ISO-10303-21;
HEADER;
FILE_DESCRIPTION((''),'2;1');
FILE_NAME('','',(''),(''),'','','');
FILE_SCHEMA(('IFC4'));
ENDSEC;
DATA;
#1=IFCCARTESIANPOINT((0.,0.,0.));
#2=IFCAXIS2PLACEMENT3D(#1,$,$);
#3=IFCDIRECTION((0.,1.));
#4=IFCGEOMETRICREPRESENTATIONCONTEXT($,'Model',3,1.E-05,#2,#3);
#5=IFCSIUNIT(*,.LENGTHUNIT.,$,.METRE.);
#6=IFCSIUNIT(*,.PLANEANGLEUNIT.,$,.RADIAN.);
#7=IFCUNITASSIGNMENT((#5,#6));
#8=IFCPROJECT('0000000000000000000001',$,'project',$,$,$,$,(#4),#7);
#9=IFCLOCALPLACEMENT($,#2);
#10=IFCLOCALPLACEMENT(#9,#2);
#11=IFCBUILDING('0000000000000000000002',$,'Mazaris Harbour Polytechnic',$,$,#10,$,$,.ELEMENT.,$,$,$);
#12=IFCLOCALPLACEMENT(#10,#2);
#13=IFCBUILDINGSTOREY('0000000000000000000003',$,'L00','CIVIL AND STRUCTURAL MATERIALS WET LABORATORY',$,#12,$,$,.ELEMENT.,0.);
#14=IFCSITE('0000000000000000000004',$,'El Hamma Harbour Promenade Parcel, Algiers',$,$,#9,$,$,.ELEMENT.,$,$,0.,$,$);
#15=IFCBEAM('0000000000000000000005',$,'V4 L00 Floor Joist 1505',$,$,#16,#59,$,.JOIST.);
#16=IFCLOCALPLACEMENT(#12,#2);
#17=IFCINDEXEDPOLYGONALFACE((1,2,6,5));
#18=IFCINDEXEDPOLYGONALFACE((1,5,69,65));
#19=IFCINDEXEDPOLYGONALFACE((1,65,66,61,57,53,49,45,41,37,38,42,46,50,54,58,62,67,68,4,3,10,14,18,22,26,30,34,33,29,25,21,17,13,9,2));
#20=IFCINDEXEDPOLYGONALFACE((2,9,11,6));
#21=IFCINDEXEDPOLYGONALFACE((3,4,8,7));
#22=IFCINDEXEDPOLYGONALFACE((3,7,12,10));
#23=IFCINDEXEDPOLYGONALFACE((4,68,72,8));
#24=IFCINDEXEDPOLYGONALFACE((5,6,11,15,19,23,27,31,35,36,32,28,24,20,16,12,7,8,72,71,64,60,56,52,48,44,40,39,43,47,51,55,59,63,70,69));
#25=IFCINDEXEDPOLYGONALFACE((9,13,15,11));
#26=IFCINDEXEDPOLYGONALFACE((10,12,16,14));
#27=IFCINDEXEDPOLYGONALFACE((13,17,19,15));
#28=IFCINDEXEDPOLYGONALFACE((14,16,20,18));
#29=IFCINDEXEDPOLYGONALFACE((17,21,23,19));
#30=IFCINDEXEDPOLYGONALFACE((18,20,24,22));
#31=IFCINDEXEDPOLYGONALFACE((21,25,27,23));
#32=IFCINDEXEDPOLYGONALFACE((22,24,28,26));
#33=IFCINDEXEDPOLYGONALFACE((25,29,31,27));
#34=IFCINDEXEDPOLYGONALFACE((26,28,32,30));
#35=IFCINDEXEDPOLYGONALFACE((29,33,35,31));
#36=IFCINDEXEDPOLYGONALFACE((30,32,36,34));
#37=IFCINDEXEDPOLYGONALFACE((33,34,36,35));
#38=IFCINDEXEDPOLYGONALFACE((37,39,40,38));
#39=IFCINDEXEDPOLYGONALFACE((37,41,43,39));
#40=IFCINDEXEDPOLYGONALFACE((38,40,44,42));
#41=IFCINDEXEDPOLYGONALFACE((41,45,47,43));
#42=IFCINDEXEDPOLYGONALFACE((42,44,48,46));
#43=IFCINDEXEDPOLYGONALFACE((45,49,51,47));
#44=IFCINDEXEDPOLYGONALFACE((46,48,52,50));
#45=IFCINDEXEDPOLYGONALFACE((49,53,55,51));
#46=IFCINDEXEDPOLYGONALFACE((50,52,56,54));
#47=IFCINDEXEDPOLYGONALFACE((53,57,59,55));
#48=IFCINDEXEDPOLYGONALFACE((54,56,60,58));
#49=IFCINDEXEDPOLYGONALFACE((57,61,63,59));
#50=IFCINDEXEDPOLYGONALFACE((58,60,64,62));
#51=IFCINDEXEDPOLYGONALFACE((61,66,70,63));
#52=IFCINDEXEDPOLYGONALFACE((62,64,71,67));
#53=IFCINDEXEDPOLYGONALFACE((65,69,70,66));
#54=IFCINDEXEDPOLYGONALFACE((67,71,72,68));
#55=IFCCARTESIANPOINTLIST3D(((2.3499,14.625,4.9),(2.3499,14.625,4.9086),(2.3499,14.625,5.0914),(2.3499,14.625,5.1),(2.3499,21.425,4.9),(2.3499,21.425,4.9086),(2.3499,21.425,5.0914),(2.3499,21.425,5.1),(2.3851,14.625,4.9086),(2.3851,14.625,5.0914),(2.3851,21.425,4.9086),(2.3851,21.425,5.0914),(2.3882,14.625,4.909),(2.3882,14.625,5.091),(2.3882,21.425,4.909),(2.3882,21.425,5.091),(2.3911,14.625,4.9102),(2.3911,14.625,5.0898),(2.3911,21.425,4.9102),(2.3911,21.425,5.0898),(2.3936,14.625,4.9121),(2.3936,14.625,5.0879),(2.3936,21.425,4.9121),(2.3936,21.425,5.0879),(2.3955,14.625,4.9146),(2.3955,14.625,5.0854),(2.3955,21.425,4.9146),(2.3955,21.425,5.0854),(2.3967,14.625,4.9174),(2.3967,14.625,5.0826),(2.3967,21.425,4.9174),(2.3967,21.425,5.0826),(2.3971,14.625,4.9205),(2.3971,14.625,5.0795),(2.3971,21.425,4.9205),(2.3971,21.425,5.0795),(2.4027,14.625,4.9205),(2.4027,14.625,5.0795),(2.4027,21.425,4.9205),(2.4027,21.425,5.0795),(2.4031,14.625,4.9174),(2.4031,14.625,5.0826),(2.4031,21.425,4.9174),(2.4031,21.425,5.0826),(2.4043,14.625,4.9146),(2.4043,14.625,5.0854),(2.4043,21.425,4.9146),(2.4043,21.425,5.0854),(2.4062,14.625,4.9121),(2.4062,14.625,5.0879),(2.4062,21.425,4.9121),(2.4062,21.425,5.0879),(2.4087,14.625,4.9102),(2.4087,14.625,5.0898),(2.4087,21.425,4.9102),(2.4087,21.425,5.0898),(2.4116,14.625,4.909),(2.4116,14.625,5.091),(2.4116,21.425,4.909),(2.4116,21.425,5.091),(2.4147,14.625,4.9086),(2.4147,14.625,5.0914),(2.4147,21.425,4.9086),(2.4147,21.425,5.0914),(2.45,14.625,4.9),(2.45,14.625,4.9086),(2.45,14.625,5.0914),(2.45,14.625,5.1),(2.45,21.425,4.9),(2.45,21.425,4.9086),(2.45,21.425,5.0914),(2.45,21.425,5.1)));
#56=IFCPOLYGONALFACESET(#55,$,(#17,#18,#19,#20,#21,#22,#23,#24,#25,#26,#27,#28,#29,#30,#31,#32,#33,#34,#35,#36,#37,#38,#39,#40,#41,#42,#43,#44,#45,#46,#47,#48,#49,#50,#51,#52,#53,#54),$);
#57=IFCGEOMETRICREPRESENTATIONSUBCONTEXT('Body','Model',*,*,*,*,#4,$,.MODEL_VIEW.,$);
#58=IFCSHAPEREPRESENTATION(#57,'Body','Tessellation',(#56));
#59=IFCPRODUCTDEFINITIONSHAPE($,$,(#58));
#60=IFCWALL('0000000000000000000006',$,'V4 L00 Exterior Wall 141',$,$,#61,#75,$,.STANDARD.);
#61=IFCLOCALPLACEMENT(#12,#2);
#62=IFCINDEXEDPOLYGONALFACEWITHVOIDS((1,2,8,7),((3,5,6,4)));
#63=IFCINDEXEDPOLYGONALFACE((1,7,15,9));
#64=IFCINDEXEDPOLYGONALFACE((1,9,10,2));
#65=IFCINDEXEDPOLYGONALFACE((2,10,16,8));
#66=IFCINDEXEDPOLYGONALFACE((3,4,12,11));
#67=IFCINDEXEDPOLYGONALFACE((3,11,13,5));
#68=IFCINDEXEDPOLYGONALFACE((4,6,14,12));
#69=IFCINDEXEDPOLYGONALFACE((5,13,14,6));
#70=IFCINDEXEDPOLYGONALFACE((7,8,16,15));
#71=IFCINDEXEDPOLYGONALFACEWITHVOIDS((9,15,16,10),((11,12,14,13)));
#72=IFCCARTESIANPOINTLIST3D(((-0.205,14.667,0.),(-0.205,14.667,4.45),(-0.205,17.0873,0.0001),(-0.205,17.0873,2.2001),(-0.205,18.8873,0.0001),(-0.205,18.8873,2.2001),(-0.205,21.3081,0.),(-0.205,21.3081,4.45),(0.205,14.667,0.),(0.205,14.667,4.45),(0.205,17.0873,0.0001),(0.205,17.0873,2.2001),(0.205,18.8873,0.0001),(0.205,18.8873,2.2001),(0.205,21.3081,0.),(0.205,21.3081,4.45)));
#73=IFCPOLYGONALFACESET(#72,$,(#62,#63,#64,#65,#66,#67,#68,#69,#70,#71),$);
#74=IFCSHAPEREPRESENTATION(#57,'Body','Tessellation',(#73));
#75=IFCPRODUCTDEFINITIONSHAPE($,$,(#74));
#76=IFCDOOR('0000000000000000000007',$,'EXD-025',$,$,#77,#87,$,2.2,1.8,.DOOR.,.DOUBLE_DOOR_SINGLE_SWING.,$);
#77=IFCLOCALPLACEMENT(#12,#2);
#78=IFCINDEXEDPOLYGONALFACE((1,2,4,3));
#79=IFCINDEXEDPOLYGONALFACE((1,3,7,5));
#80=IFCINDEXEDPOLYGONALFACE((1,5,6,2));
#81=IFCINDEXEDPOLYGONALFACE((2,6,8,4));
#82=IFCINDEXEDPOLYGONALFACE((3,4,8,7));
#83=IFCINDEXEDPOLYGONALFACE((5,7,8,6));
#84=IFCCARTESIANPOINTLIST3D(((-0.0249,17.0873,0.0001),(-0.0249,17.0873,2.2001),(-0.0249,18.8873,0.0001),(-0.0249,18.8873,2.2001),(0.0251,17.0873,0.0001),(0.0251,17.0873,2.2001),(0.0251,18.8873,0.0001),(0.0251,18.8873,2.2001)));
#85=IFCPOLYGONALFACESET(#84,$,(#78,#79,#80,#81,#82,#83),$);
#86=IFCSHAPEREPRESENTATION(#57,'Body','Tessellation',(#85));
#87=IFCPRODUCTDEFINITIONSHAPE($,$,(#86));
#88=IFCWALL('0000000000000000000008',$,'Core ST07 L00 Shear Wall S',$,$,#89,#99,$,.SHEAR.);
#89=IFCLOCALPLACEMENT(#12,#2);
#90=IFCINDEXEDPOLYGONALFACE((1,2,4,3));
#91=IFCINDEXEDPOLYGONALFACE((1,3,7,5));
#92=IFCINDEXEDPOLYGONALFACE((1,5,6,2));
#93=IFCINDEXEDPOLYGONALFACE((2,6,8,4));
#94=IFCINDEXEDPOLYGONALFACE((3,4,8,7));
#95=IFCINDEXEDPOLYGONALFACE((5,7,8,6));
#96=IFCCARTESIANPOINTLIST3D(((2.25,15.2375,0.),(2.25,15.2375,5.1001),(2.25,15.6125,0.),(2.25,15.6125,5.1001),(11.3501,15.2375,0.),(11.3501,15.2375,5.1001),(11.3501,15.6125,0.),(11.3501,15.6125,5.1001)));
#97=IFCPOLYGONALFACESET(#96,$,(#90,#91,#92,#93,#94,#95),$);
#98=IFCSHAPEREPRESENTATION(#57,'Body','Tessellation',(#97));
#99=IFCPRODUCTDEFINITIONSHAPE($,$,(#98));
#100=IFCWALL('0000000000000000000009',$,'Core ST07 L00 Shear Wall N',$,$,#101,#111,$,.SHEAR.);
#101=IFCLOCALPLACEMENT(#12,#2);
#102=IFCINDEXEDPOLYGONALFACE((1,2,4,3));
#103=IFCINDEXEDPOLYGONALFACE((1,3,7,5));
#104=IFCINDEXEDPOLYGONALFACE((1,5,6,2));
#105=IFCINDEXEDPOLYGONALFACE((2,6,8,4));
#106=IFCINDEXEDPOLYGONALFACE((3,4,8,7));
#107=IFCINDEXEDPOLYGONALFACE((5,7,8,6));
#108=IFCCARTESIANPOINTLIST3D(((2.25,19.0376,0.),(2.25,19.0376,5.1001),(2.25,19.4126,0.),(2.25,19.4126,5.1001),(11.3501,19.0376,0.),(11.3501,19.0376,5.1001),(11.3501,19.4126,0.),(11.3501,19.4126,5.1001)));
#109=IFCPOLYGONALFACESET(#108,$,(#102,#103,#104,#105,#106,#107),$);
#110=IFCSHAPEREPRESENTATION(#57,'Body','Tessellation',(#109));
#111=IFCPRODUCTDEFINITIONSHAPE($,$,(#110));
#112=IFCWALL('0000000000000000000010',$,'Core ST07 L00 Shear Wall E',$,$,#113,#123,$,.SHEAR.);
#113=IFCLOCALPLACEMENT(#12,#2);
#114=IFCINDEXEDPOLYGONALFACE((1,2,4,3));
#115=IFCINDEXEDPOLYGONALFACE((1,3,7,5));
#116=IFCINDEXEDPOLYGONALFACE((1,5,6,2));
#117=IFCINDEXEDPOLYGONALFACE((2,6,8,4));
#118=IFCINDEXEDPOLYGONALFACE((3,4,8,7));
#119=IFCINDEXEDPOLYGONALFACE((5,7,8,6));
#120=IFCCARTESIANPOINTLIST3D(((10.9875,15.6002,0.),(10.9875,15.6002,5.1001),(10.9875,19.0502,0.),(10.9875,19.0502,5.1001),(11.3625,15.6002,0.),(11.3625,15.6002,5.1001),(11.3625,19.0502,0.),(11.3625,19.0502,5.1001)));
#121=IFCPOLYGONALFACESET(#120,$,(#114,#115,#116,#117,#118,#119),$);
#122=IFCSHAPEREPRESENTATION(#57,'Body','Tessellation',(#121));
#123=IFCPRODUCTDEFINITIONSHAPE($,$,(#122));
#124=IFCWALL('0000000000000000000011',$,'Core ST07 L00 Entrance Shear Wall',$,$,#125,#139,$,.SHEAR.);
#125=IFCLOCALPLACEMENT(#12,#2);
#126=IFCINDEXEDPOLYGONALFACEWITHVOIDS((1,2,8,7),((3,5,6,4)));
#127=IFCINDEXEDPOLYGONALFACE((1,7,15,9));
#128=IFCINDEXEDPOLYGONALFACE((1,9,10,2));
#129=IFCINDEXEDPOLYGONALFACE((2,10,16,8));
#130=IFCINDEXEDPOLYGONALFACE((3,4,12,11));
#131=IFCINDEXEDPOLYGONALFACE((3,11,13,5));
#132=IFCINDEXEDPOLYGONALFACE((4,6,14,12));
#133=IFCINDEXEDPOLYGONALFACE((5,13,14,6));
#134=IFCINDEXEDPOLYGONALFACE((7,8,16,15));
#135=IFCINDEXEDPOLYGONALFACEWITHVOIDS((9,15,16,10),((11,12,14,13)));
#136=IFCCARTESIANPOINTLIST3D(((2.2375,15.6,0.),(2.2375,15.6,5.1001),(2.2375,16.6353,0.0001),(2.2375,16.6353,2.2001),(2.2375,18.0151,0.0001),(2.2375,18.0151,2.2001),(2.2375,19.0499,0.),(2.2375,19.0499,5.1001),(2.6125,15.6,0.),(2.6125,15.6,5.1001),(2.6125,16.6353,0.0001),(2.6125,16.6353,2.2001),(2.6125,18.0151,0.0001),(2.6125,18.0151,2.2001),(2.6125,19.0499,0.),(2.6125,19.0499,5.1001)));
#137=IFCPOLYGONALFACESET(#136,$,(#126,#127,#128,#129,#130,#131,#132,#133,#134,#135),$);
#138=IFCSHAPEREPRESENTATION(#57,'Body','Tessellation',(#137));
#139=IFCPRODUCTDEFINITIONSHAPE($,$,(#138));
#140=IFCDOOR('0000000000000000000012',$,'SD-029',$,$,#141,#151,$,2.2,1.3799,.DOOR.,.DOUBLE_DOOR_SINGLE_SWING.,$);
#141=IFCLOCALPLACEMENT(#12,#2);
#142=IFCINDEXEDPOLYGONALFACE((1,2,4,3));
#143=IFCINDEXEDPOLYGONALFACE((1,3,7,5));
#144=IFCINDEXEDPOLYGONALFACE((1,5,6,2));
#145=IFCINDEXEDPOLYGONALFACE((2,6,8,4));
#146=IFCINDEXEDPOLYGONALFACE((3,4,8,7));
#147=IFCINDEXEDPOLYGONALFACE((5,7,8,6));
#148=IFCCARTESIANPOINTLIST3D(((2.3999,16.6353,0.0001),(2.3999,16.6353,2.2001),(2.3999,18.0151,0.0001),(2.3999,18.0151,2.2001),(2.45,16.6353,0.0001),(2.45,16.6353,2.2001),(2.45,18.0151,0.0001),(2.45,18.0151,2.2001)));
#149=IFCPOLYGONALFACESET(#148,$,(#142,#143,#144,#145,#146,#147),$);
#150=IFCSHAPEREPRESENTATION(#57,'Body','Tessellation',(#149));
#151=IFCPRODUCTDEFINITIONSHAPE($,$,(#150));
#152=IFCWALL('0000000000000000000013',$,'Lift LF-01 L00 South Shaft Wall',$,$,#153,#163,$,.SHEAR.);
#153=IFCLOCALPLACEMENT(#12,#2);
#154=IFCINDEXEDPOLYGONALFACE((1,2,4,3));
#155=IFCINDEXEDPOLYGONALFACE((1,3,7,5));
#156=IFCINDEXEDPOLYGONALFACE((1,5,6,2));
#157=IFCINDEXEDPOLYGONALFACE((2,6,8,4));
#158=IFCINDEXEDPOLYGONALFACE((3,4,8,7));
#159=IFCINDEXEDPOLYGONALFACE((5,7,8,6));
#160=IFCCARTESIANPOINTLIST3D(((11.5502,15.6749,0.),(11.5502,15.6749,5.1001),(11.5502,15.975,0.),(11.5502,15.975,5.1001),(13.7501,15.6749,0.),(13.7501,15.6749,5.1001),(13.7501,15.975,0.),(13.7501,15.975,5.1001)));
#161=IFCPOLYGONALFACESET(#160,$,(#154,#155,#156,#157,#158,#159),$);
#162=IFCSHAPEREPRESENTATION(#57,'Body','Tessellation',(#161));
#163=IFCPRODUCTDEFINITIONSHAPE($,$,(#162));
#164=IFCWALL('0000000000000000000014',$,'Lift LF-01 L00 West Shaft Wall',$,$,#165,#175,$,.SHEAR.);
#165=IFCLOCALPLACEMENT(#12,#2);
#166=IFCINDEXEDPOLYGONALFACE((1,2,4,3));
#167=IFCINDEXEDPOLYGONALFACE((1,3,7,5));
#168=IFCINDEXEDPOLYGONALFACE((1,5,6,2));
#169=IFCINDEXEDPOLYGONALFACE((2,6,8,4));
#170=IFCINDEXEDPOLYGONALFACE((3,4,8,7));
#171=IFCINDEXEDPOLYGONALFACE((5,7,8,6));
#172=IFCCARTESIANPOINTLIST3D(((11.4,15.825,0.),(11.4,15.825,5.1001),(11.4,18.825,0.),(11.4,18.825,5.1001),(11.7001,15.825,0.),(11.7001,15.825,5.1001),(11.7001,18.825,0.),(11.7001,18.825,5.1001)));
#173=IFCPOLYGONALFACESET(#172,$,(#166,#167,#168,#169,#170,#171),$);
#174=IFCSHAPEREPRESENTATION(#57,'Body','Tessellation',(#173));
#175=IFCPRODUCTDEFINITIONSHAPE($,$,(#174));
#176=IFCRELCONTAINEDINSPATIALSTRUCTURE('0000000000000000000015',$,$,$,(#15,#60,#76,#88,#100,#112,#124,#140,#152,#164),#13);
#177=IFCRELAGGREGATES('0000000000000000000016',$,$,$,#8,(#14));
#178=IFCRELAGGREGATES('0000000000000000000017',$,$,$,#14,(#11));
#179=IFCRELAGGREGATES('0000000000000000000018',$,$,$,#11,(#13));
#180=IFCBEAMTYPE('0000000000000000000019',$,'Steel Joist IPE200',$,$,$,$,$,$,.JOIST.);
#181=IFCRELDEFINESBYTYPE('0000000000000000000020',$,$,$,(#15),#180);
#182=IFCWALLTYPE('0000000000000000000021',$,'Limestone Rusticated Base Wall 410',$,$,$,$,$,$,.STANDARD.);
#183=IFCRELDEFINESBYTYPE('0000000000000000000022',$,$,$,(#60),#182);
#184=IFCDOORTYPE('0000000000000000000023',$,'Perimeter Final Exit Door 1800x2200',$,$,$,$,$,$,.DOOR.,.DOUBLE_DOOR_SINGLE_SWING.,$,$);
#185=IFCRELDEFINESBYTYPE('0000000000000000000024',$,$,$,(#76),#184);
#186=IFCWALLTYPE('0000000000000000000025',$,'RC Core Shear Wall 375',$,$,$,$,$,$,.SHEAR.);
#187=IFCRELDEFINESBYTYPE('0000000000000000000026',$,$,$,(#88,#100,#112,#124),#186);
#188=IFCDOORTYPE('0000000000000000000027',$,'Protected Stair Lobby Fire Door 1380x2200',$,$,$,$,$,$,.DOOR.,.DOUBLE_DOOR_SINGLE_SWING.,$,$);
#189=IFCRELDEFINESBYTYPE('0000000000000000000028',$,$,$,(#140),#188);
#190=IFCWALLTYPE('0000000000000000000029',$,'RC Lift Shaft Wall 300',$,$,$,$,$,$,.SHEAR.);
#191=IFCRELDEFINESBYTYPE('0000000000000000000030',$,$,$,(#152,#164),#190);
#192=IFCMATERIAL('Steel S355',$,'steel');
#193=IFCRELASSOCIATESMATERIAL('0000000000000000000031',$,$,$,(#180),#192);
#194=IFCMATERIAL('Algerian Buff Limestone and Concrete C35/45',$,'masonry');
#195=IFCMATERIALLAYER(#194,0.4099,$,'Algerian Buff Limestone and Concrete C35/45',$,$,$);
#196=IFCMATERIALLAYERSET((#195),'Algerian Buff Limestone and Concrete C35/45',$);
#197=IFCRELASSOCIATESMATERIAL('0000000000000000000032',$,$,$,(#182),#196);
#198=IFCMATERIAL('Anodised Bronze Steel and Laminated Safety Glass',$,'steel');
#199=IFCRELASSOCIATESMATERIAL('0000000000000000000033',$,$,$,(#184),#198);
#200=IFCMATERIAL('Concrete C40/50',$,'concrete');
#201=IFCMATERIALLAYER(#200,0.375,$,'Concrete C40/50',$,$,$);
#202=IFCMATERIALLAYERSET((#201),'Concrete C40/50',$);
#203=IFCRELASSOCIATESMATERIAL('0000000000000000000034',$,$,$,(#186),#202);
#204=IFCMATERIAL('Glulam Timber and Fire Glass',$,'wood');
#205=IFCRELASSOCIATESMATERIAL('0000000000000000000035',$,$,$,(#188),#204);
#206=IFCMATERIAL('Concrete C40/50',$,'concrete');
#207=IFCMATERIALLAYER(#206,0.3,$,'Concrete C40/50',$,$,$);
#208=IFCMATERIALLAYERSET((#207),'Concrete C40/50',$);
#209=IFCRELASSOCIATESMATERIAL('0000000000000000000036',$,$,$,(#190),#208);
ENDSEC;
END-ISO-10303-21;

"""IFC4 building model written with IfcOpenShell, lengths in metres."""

from ifc_helpers import new_model, si_unit, direction, frame, frame_2d, origin, origin_2d, place, context, subcontext, project, spatial, rectangle, i_section, extrude, material, layer, layer_set, material_profile, profile_set, type_object, element, fill, save


model = new_model("IFC4")

# Units and contexts
model_context = context("Model", 3, precision=1e-05, world=origin(), true_north=direction((0.0, 1.0)))
body_context = subcontext(model_context, "Body", "Model", "MODEL_VIEW")
ifc_project = project(units=[si_unit("LENGTHUNIT", "METRE"), si_unit("PLANEANGLEUNIT", "RADIAN")], contexts=[model_context])

# Site, building, storey
site_placement = place(None, origin())
site = spatial("IfcSite", under=ifc_project, at=site_placement, Name="El Hamma Harbour Promenade Parcel, Algiers", CompositionType="ELEMENT", RefElevation=0.0)
building_placement = place(site_placement, origin())
building = spatial("IfcBuilding", under=site, at=building_placement, Name="Mazaris Harbour Polytechnic", CompositionType="ELEMENT")
storey_placement = place(building_placement, origin())
storey = spatial("IfcBuildingStorey", under=building, at=storey_placement, Name="L00", Description="CIVIL AND STRUCTURAL MATERIALS WET LABORATORY", CompositionType="ELEMENT", Elevation=0.0)

# Beam
ifc_material_1 = material(Name="Steel S355", Category="steel")
ifc_material_profile_1 = material_profile(ifc_material_1, i_section(OverallWidth=0.1001, OverallDepth=0.2, WebThickness=0.0056, FlangeThickness=0.0085, FilletRadius=0.012, at=origin_2d()), Name="IPE 200")
ifc_profile_set_1 = profile_set([ifc_material_profile_1], Name="Steel S355")
beam_type_1 = type_object("IfcBeamType", Name="Steel Joist IPE200", PredefinedType="JOIST", material=ifc_profile_set_1)
beam_1_placement = place(storey_placement, frame((2.3999, 14.625, 5.0), z_axis=(0.0, 1.0, 0.0), x_axis=(-1.0, 0.0, 0.0)))
element("IfcBeam", 1, at=beam_1_placement, inside=storey, type_object=beam_type_1, Name="V4 L00 Floor Joist 1505", PredefinedType="JOIST", context=body_context, shape_type="SweptSolid", body=[
    extrude(i_section(OverallWidth=0.1001, OverallDepth=0.2, WebThickness=0.0056, FlangeThickness=0.0085, FilletRadius=0.012, at=origin_2d()), origin(), (0.0, 0.0, 1.0), 6.8),
])

# Wall, opening, door
ifc_material_2 = material(Name="Algerian Buff Limestone and Concrete C35/45", Category="masonry")
ifc_layer_1 = layer(ifc_material_2, 0.4099, Name="Algerian Buff Limestone and Concrete C35/45")
ifc_layer_set_1 = layer_set([ifc_layer_1], Name="Algerian Buff Limestone and Concrete C35/45")
wall_type_1 = type_object("IfcWallType", Name="Limestone Rusticated Base Wall 410", PredefinedType="STANDARD", material=ifc_layer_set_1)
wall_1_placement = place(storey_placement, frame((0.0, 14.667, 0.0), z_axis=(0.0, 0.0, 1.0), x_axis=(0.0, 1.0, 0.0)))
wall_1 = element("IfcWall", 2, at=wall_1_placement, inside=storey, type_object=wall_type_1, Name="V4 L00 Exterior Wall 141", PredefinedType="STANDARD", context=body_context, shape_type="SweptSolid", body=[
    extrude(rectangle(XDim=6.6411, YDim=0.4099, at=frame_2d((3.3206, 0.0))), origin(), (0.0, 0.0, 1.0), 4.45),
])
opening_1_placement = place(wall_1_placement, frame((2.4204, 0.0, 0.0)))
opening_1 = element("IfcOpeningElement", 3, at=opening_1_placement, cuts=wall_1, PredefinedType="OPENING", context=body_context, shape_type="SweptSolid", body=[
    extrude(rectangle(XDim=1.8, YDim=2.2, at=frame_2d((0.8999, 1.1001))), frame((0.0, 0.2148, 0.0), z_axis=(0.0, -1.0, 0.0), x_axis=(1.0, 0.0, 0.0)), (0.0, 0.0, 1.0), 0.4299),
])
ifc_material_3 = material(Name="Anodised Bronze Steel and Laminated Safety Glass", Category="steel")
door_type_1 = type_object("IfcDoorType", Name="Perimeter Final Exit Door 1800x2200", OperationType="DOUBLE_DOOR_SINGLE_SWING", PredefinedType="DOOR", material=ifc_material_3)
door_1_placement = place(opening_1_placement, origin())
door_1 = element("IfcDoor", 4, at=door_1_placement, inside=storey, type_object=door_type_1, Name="EXD-025", OperationType="DOUBLE_DOOR_SINGLE_SWING", OverallHeight=2.2, OverallWidth=1.8, PredefinedType="DOOR", context=body_context, shape_type="SweptSolid", body=[
    extrude(rectangle(XDim=1.8, YDim=2.2, at=frame_2d((0.8999, 1.1001))), frame((0.0, 0.0249, 0.0), z_axis=(0.0, -1.0, 0.0), x_axis=(1.0, 0.0, 0.0)), (0.0, 0.0, 1.0), 0.05),
])
fill(opening_1, door_1)

# Walls
ifc_material_4 = material(Name="Concrete C40/50", Category="concrete")
ifc_layer_2 = layer(ifc_material_4, 0.375, Name="Concrete C40/50")
ifc_layer_set_2 = layer_set([ifc_layer_2], Name="Concrete C40/50")
wall_type_2 = type_object("IfcWallType", Name="RC Core Shear Wall 375", PredefinedType="SHEAR", material=ifc_layer_set_2)
for number, where, z_axis, x_axis, name in (
    (5, (2.25, 15.425, 0.0), (0.0, 0.0, 1.0), (1.0, 0.0, 0.0), "Core ST07 L00 Shear Wall S"),
    (6, (11.3501, 19.2251, 0.0), (0.0, 0.0, 1.0), (-1.0, 0.0, 0.0), "Core ST07 L00 Shear Wall N"),
):
    element("IfcWall", number, at=place(storey_placement, frame(where, z_axis=z_axis, x_axis=x_axis)), inside=storey, type_object=wall_type_2, Name=name, PredefinedType="SHEAR", context=body_context, shape_type="SweptSolid", body=[
        extrude(rectangle(XDim=9.1001, YDim=0.375, at=frame_2d((4.55, 0.0))), origin(), (0.0, 0.0, 1.0), 5.1001),
    ])
wall_2_placement = place(storey_placement, frame((11.175, 15.6001, 0.0), z_axis=(0.0, 0.0, 1.0), x_axis=(0.0, 1.0, 0.0)))
element("IfcWall", 7, at=wall_2_placement, inside=storey, type_object=wall_type_2, Name="Core ST07 L00 Shear Wall E", PredefinedType="SHEAR", context=body_context, shape_type="SweptSolid", body=[
    extrude(rectangle(XDim=3.45, YDim=0.375, at=frame_2d((1.7251, 0.0))), origin(), (0.0, 0.0, 1.0), 5.1001),
])

# Wall, opening, door
wall_3_placement = place(storey_placement, frame((2.425, 19.05, 0.0), z_axis=(0.0, 0.0, 1.0), x_axis=(0.0, -1.0, 0.0)))
wall_3 = element("IfcWall", 8, at=wall_3_placement, inside=storey, type_object=wall_type_2, Name="Core ST07 L00 Entrance Shear Wall", PredefinedType="SHEAR", context=body_context, shape_type="SweptSolid", body=[
    extrude(rectangle(XDim=3.45, YDim=0.375, at=frame_2d((1.7251, 0.0))), origin(), (0.0, 0.0, 1.0), 5.1001),
])
opening_2_placement = place(wall_3_placement, frame((1.0349, 0.0, 0.0)))
opening_2 = element("IfcOpeningElement", 9, at=opening_2_placement, cuts=wall_3, PredefinedType="OPENING", context=body_context, shape_type="SweptSolid", body=[
    extrude(rectangle(XDim=1.3799, YDim=2.2, at=frame_2d((0.6899, 1.1001))), frame((0.0, 0.1975, 0.0), z_axis=(0.0, -1.0, 0.0), x_axis=(1.0, 0.0, 0.0)), (0.0, 0.0, 1.0), 0.395),
])
ifc_material_5 = material(Name="Glulam Timber and Fire Glass", Category="wood")
door_type_2 = type_object("IfcDoorType", Name="Protected Stair Lobby Fire Door 1380x2200", OperationType="DOUBLE_DOOR_SINGLE_SWING", PredefinedType="DOOR", material=ifc_material_5)
door_2_placement = place(opening_2_placement, origin())
door_2 = element("IfcDoor", 10, at=door_2_placement, inside=storey, type_object=door_type_2, Name="SD-029", OperationType="DOUBLE_DOOR_SINGLE_SWING", OverallHeight=2.2, OverallWidth=1.3799, PredefinedType="DOOR", context=body_context, shape_type="SweptSolid", body=[
    extrude(rectangle(XDim=1.3799, YDim=2.2, at=frame_2d((0.6899, 1.1001))), frame((0.0, 0.0249, 0.0), z_axis=(0.0, -1.0, 0.0), x_axis=(1.0, 0.0, 0.0)), (0.0, 0.0, 1.0), 0.05),
])
fill(opening_2, door_2)

# Walls
ifc_material_6 = material(Name="Concrete C40/50", Category="concrete")
ifc_layer_3 = layer(ifc_material_6, 0.3, Name="Concrete C40/50")
ifc_layer_set_3 = layer_set([ifc_layer_3], Name="Concrete C40/50")
wall_type_3 = type_object("IfcWallType", Name="RC Lift Shaft Wall 300", PredefinedType="SHEAR", material=ifc_layer_set_3)
wall_4_placement = place(storey_placement, frame((11.55, 15.825, 0.0), z_axis=(0.0, 0.0, 1.0), x_axis=(1.0, 0.0, 0.0)))
element("IfcWall", 11, at=wall_4_placement, inside=storey, type_object=wall_type_3, Name="Lift LF-01 L00 South Shaft Wall", PredefinedType="SHEAR", context=body_context, shape_type="SweptSolid", body=[
    extrude(rectangle(XDim=2.2, YDim=0.3, at=frame_2d((1.1001, 0.0))), origin(), (0.0, 0.0, 1.0), 5.1001),
])
for number, where, z_axis, x_axis, name in (
    (12, (11.55, 18.825, 0.0), (0.0, 0.0, 1.0), (0.0, -1.0, 0.0), "Lift LF-01 L00 West Shaft Wall"),
):
    element("IfcWall", number, at=place(storey_placement, frame(where, z_axis=z_axis, x_axis=x_axis)), inside=storey, type_object=wall_type_3, Name=name, PredefinedType="SHEAR", context=body_context, shape_type="SweptSolid", body=[
        extrude(rectangle(XDim=3.0, YDim=0.3, at=frame_2d((1.5, 0.0))), origin(), (0.0, 0.0, 1.0), 5.1001),
    ])

save(model, "model.ifc")
